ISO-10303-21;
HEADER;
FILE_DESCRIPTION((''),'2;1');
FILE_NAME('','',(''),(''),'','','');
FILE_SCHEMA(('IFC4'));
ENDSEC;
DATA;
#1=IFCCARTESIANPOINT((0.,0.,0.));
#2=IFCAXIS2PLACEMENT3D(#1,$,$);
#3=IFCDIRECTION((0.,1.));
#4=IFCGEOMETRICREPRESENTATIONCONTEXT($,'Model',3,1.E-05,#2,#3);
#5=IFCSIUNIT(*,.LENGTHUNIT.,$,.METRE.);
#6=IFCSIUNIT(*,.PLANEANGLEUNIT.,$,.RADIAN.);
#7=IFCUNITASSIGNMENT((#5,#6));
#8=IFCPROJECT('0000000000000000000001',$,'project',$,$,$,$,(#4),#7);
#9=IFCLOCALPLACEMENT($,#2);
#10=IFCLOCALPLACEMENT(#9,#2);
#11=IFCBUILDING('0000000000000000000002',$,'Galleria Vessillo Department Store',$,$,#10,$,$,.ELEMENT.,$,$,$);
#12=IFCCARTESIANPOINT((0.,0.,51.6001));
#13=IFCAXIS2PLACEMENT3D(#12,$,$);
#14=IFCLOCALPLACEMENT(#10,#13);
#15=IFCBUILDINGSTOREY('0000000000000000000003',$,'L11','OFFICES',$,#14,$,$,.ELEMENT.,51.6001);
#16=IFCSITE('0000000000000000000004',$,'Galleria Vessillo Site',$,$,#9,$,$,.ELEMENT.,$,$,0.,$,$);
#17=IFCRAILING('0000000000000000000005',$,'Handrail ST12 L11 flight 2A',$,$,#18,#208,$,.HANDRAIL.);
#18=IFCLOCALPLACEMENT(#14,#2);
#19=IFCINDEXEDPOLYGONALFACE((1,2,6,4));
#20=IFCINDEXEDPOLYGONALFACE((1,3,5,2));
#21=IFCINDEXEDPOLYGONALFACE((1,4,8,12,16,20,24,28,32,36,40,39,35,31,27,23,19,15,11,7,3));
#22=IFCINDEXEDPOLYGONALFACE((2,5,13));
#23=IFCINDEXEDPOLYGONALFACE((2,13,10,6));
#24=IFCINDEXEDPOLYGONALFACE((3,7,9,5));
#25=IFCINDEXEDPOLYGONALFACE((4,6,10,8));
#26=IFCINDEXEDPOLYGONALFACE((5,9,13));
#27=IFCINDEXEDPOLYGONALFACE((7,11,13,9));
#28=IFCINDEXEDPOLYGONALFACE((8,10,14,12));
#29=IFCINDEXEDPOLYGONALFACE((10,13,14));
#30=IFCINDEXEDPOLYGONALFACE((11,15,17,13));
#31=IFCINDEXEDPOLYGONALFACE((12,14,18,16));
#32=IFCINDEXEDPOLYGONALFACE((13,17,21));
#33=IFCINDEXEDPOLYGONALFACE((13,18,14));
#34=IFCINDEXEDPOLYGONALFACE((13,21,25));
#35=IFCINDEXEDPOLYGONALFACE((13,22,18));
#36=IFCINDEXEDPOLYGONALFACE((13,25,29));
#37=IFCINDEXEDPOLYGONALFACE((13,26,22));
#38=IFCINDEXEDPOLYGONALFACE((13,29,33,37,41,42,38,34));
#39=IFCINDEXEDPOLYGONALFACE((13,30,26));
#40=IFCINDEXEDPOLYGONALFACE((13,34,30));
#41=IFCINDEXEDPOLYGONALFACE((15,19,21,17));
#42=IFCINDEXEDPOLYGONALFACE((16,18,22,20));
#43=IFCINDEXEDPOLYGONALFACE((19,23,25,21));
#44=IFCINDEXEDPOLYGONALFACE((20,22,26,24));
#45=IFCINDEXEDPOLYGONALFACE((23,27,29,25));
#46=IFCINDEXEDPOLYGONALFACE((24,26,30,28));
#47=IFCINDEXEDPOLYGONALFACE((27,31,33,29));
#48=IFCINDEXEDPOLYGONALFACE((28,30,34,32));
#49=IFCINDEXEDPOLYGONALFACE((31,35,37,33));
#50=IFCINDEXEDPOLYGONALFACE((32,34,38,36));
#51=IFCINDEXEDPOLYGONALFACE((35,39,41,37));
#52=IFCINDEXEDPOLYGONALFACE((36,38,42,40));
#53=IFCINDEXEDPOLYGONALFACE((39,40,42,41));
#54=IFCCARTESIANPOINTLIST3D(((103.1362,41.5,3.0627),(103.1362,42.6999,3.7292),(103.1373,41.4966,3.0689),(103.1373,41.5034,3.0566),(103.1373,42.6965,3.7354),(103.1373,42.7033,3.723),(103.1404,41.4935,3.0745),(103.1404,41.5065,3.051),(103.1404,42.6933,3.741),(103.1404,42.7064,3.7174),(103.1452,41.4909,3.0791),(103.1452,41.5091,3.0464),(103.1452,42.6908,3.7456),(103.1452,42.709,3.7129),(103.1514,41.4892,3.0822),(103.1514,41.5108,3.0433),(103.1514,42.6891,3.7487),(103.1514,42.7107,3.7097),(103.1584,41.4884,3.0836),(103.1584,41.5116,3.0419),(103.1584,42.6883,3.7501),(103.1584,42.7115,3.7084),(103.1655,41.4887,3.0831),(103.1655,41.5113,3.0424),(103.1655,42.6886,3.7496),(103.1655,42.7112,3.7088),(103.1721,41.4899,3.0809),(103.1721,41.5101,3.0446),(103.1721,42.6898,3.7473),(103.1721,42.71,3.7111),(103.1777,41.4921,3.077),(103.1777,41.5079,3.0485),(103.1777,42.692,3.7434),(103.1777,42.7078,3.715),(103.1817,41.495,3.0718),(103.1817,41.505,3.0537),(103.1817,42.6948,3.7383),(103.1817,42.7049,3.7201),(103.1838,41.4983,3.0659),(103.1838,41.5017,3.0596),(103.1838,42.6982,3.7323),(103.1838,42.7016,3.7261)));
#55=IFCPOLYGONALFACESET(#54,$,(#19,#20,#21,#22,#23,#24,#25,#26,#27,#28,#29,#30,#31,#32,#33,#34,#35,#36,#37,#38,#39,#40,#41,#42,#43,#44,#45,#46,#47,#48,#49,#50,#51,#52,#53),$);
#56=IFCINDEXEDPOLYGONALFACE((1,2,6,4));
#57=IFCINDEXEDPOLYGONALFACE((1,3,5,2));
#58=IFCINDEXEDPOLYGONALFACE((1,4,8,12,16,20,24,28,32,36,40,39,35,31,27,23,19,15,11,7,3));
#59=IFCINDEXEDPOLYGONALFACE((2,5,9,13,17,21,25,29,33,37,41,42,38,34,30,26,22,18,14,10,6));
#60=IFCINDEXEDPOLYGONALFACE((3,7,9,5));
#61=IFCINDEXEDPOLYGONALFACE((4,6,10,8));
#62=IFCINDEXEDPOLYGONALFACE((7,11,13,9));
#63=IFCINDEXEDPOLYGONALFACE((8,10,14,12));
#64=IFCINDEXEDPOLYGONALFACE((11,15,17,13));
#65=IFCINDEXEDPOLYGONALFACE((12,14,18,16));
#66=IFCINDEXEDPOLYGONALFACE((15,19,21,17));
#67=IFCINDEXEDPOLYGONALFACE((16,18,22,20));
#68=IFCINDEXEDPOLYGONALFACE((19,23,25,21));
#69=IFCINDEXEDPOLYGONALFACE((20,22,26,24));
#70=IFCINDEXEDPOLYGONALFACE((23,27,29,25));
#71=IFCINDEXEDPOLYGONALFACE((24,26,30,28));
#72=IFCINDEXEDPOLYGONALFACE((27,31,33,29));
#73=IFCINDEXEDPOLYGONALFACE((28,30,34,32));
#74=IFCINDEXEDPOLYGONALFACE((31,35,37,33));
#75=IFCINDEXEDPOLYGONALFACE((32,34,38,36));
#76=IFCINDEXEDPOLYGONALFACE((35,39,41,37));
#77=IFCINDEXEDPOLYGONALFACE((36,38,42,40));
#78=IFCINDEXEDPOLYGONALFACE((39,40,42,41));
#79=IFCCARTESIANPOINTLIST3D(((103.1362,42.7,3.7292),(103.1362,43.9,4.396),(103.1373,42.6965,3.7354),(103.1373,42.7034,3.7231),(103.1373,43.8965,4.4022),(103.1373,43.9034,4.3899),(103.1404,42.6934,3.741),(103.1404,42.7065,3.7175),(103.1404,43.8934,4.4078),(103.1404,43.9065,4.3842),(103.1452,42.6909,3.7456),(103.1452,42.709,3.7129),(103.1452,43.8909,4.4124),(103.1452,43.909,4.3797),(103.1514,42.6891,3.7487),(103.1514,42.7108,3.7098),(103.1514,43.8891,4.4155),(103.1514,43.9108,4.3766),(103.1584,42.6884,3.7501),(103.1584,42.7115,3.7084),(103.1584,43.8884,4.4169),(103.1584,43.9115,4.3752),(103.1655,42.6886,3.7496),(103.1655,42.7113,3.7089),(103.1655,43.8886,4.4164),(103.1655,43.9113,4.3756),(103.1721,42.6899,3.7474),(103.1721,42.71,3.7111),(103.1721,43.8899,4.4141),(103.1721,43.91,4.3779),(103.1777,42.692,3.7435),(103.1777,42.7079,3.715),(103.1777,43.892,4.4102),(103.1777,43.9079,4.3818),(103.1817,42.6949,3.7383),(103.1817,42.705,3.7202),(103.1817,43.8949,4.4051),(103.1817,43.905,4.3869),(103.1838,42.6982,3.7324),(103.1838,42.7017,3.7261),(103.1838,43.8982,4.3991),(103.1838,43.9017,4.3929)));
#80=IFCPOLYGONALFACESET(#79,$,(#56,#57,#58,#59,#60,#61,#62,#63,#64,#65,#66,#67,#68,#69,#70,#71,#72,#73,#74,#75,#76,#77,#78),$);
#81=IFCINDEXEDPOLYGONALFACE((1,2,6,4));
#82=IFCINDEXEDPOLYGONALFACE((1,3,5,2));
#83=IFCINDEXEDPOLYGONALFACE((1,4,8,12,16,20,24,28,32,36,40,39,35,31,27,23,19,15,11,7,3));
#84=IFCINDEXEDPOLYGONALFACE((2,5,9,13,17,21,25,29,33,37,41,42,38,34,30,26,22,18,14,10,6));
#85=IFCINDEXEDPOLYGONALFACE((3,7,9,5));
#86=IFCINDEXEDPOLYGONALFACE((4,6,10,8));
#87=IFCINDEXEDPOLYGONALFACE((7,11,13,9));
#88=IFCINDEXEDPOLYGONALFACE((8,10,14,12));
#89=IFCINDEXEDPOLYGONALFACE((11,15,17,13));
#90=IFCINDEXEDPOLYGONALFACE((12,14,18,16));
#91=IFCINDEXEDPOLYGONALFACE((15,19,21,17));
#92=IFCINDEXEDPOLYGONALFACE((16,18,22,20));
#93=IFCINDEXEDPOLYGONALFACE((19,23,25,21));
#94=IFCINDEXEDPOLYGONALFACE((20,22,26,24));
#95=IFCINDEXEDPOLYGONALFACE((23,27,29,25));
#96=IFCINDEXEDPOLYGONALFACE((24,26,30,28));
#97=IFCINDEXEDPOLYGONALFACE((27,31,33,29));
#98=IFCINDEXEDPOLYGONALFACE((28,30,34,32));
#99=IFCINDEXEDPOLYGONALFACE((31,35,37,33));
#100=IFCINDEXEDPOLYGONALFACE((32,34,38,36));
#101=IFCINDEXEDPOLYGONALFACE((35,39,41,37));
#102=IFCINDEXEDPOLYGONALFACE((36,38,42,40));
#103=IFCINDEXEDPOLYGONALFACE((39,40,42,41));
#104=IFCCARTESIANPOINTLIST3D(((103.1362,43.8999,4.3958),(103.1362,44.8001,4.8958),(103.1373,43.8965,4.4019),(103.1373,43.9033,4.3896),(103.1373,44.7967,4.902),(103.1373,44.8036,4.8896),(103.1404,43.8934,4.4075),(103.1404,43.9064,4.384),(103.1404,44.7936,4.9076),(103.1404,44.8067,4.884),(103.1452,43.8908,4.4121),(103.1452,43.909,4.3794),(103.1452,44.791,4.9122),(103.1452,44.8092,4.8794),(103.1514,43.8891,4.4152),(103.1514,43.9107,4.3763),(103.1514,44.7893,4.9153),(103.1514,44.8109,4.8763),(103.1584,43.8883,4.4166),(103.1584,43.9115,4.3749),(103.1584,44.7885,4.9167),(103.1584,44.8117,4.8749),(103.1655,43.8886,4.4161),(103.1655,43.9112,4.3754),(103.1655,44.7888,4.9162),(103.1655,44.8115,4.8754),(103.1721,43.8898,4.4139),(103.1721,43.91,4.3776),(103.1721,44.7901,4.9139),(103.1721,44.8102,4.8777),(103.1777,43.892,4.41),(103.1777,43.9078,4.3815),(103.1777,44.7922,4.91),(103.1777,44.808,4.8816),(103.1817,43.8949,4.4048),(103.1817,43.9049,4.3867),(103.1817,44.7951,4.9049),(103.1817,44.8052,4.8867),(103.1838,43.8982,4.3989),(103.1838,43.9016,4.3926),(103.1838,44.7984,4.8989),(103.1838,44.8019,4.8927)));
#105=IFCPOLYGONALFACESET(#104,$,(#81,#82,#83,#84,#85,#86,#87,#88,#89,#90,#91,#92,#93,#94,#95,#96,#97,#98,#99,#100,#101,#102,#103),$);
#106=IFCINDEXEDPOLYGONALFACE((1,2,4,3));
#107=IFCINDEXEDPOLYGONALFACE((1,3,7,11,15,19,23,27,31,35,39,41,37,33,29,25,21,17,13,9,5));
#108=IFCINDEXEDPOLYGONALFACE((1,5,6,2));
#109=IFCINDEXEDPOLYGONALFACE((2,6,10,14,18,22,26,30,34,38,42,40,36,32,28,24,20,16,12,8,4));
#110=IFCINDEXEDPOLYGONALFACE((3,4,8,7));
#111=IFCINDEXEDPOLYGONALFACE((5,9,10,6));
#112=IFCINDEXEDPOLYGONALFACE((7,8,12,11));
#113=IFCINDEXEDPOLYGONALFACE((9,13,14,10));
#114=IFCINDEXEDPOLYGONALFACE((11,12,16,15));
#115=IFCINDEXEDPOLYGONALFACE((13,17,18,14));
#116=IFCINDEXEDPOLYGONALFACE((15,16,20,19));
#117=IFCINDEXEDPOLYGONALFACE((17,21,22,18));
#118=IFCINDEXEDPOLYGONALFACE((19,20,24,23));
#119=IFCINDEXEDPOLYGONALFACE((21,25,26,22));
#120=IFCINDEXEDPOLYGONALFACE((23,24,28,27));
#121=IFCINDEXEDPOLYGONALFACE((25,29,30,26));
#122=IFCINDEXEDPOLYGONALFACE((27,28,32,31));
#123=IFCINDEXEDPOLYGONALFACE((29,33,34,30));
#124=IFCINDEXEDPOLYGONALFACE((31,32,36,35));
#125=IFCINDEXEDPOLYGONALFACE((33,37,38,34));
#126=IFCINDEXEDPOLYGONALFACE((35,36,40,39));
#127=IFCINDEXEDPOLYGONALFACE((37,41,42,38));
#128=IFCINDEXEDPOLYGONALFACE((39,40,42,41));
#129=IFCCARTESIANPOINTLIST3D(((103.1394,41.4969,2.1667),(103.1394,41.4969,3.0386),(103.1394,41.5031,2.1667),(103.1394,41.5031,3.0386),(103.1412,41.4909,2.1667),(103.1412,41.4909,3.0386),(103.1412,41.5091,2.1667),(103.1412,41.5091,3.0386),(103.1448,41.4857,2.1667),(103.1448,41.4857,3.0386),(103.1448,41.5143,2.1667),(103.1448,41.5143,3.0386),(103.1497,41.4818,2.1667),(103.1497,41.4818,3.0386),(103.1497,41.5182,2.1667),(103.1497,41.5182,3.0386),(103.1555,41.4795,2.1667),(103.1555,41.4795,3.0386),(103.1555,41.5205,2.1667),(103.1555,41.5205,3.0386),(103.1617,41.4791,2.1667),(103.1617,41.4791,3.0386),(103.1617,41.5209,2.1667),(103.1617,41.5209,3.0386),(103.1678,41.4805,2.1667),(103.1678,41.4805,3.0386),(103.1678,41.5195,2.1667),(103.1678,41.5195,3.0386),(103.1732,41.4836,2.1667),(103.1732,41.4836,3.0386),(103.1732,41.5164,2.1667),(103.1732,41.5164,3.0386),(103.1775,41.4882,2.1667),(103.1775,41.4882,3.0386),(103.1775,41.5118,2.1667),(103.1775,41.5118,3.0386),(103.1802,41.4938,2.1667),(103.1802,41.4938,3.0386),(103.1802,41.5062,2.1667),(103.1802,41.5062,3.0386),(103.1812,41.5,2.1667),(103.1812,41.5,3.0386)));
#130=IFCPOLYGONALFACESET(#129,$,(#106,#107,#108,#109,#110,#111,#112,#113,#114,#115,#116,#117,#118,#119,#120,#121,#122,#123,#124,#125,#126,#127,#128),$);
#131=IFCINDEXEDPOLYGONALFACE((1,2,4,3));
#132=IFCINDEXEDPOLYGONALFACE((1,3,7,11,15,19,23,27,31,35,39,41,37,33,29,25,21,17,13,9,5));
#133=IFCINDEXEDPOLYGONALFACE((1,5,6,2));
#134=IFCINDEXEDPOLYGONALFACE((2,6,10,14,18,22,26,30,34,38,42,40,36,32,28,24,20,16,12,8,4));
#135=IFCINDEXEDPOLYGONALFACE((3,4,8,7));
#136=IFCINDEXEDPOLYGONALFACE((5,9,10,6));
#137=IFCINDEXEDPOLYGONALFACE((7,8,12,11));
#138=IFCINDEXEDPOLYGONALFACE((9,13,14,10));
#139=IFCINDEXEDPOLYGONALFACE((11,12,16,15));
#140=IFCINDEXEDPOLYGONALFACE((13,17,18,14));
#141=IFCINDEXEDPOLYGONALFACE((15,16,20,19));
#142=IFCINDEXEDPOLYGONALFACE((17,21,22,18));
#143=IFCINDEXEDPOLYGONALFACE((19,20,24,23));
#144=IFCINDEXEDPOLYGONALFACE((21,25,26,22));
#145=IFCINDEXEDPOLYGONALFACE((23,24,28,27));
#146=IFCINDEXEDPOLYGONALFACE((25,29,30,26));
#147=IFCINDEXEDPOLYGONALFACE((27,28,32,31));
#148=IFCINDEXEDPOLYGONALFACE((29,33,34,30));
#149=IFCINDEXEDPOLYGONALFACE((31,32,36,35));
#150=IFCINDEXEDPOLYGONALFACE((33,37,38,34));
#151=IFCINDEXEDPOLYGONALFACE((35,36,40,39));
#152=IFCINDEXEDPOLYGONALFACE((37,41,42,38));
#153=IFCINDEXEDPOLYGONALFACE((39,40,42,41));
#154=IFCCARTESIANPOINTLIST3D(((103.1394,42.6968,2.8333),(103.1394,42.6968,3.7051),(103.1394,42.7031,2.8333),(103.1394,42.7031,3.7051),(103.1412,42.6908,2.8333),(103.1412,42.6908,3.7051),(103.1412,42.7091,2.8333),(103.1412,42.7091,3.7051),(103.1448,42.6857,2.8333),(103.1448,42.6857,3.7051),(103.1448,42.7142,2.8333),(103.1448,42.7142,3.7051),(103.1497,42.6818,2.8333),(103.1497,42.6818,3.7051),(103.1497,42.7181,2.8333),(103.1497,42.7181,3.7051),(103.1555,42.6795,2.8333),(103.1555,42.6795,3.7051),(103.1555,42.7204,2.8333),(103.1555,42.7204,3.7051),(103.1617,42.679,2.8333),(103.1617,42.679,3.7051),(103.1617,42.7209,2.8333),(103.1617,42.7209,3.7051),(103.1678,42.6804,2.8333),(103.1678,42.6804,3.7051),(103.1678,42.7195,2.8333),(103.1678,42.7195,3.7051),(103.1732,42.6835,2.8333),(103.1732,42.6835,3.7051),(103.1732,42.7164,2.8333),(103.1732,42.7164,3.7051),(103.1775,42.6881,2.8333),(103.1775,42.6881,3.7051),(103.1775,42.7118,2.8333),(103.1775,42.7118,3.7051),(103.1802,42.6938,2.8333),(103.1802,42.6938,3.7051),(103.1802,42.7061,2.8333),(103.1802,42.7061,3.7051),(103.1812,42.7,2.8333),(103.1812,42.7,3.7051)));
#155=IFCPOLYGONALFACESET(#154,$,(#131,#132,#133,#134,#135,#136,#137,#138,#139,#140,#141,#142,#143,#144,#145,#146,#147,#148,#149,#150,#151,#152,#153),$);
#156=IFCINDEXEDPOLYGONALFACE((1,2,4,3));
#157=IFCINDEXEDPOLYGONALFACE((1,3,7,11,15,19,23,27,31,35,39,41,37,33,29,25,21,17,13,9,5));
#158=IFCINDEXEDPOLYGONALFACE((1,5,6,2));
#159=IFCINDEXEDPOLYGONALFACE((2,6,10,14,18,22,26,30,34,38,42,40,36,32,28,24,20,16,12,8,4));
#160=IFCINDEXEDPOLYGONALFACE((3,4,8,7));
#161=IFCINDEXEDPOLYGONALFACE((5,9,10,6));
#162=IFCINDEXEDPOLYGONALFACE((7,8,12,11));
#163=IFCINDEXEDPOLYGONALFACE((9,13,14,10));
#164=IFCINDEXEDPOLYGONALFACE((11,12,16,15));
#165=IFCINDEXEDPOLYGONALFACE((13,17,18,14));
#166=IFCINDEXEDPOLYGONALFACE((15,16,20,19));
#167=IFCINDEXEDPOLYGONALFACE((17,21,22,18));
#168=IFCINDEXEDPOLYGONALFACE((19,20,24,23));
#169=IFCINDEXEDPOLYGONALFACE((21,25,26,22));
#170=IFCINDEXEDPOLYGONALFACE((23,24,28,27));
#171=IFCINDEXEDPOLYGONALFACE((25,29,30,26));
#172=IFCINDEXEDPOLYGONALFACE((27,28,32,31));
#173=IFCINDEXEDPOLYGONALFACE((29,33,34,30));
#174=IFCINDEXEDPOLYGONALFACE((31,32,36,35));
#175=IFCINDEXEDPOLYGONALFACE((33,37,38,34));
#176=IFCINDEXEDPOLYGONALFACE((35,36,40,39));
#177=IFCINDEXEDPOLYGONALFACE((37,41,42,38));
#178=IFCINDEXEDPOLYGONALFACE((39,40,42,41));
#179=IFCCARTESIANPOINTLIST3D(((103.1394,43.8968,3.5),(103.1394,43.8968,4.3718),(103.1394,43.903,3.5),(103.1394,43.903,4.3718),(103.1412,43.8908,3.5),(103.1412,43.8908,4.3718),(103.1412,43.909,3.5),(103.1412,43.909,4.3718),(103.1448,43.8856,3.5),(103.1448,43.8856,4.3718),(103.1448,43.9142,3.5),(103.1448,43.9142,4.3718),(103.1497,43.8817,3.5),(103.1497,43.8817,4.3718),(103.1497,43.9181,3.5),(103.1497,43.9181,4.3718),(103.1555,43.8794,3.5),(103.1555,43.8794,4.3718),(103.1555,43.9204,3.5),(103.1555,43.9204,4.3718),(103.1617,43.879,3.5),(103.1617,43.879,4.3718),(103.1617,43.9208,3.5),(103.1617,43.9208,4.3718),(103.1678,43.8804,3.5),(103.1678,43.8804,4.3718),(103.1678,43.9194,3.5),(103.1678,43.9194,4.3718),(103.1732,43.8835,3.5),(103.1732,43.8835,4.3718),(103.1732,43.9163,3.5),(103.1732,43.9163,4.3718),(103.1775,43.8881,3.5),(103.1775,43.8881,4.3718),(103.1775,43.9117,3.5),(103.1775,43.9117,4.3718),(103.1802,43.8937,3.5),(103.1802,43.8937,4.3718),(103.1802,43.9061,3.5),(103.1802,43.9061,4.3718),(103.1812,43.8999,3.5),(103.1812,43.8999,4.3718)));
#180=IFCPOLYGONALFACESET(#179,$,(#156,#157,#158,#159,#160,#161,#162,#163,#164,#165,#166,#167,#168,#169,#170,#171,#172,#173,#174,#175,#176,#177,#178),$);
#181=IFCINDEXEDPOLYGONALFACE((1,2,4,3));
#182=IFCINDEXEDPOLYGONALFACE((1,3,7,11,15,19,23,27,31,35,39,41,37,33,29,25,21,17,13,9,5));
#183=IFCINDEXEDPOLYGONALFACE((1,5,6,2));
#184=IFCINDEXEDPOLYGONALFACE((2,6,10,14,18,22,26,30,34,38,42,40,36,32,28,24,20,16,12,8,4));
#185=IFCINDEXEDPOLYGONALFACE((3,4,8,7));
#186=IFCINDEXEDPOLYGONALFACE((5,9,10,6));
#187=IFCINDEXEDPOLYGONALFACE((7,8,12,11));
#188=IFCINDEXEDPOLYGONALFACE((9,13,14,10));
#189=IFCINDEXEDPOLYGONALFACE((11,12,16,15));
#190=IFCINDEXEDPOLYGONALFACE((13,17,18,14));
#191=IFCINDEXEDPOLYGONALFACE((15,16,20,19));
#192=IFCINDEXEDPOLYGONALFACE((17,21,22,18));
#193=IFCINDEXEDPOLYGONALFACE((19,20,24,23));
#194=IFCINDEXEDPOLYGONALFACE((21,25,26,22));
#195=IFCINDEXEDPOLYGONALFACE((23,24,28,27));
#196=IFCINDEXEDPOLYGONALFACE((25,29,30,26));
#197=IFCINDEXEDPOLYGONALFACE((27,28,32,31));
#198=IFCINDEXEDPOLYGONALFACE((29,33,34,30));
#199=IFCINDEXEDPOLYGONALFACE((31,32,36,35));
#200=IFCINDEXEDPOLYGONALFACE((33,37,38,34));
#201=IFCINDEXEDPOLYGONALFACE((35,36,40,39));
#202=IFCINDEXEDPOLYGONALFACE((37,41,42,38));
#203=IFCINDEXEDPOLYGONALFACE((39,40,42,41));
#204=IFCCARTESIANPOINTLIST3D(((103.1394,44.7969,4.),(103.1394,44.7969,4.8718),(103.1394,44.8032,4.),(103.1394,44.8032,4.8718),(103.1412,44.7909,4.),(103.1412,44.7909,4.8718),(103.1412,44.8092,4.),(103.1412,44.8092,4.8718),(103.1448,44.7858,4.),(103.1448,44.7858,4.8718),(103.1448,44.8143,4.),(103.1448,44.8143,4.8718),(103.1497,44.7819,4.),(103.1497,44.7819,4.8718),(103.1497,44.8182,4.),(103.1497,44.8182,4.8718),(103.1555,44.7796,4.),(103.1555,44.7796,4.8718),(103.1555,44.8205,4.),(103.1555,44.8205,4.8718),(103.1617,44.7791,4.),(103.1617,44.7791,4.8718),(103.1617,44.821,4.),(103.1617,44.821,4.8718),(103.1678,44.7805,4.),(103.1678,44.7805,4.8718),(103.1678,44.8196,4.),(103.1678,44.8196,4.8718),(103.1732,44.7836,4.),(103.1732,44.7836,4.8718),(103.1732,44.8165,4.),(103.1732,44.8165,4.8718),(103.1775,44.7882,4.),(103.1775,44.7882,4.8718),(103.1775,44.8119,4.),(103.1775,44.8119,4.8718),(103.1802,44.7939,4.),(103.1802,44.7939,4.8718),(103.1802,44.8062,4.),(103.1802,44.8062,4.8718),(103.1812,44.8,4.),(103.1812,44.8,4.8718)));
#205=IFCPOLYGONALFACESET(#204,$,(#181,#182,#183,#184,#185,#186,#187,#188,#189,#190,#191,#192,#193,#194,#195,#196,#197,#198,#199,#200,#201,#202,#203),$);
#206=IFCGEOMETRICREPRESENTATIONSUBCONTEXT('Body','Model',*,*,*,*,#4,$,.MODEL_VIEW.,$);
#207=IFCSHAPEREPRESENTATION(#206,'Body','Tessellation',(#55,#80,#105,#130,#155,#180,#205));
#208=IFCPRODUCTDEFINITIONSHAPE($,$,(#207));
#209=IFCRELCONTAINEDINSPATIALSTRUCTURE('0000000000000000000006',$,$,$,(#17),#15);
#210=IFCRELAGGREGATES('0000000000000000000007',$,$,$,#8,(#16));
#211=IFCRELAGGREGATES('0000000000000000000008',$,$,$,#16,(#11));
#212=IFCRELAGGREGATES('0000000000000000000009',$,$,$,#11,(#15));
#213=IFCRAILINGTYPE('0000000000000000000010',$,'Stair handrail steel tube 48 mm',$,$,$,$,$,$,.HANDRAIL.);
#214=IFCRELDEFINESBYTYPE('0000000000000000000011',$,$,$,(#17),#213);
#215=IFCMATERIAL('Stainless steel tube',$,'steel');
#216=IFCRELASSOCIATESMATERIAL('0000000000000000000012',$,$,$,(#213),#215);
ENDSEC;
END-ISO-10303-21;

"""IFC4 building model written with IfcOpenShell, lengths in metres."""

from ifc_helpers import new_model, si_unit, direction, frame, origin, origin_2d, place, context, subcontext, project, spatial, circle, extrude, material, type_object, element, save


model = new_model("IFC4")

# Units and contexts
model_context = context("Model", 3, precision=1e-05, world=origin(), true_north=direction((0.0, 1.0)))
body_context = subcontext(model_context, "Body", "Model", "MODEL_VIEW")
ifc_project = project(units=[si_unit("LENGTHUNIT", "METRE"), si_unit("PLANEANGLEUNIT", "RADIAN")], contexts=[model_context])

# Site, building, storey
site_placement = place(None, origin())
site = spatial("IfcSite", under=ifc_project, at=site_placement, Name="Galleria Vessillo Site", CompositionType="ELEMENT", RefElevation=0.0)
building_placement = place(site_placement, origin())
building = spatial("IfcBuilding", under=site, at=building_placement, Name="Galleria Vessillo Department Store", CompositionType="ELEMENT")
storey_placement = place(building_placement, frame((0.0, 0.0, 51.6001)))
storey = spatial("IfcBuildingStorey", under=building, at=storey_placement, Name="L11", Description="OFFICES", CompositionType="ELEMENT", Elevation=51.6001)

# Railing
ifc_material_1 = material(Name="Stainless steel tube", Category="steel")
railing_type = type_object("IfcRailingType", Name="Stair handrail steel tube 48 mm", PredefinedType="HANDRAIL", material=ifc_material_1)
for number, where, name in (
    (1, (103.1602, 41.5, 2.1667), "Handrail ST12 L11 flight 2A"),
):
    element("IfcRailing", number, at=place(storey_placement, frame(where)), inside=storey, type_object=railing_type, Name=name, PredefinedType="HANDRAIL", context=body_context, shape_type="SweptSolid", body=[
        extrude(circle(Radius=0.0239, at=origin_2d()), frame((0.0, 0.0, 0.896), z_axis=(0.0, 0.874199, 0.485567), x_axis=(-1.0, 0.0, 0.0)), (0.0, 0.0, 1.0), 1.3726),
        extrude(circle(Radius=0.0239, at=origin_2d()), frame((0.0, 1.2, 1.5625), z_axis=(0.0, 0.874124, 0.485703), x_axis=(-1.0, 0.0, 0.0)), (0.0, 0.0, 1.0), 1.3728),
        extrude(circle(Radius=0.0239, at=origin_2d()), frame((0.0, 2.3999, 2.229), z_axis=(0.0, 0.874191, 0.485583), x_axis=(-1.0, 0.0, 0.0)), (0.0, 0.0, 1.0), 1.0298),
        extrude(circle(Radius=0.021, at=origin_2d()), origin(), (0.0, 0.0, 1.0), 0.8718),
        extrude(circle(Radius=0.021, at=origin_2d()), frame((0.0, 1.2, 0.6665)), (0.0, 0.0, 1.0), 0.8718),
        extrude(circle(Radius=0.021, at=origin_2d()), frame((0.0, 2.3999, 1.3333)), (0.0, 0.0, 1.0), 0.8718),
        extrude(circle(Radius=0.021, at=origin_2d()), frame((0.0, 3.3, 1.8333)), (0.0, 0.0, 1.0), 0.8718),
    ])

save(model, "model.ifc")
